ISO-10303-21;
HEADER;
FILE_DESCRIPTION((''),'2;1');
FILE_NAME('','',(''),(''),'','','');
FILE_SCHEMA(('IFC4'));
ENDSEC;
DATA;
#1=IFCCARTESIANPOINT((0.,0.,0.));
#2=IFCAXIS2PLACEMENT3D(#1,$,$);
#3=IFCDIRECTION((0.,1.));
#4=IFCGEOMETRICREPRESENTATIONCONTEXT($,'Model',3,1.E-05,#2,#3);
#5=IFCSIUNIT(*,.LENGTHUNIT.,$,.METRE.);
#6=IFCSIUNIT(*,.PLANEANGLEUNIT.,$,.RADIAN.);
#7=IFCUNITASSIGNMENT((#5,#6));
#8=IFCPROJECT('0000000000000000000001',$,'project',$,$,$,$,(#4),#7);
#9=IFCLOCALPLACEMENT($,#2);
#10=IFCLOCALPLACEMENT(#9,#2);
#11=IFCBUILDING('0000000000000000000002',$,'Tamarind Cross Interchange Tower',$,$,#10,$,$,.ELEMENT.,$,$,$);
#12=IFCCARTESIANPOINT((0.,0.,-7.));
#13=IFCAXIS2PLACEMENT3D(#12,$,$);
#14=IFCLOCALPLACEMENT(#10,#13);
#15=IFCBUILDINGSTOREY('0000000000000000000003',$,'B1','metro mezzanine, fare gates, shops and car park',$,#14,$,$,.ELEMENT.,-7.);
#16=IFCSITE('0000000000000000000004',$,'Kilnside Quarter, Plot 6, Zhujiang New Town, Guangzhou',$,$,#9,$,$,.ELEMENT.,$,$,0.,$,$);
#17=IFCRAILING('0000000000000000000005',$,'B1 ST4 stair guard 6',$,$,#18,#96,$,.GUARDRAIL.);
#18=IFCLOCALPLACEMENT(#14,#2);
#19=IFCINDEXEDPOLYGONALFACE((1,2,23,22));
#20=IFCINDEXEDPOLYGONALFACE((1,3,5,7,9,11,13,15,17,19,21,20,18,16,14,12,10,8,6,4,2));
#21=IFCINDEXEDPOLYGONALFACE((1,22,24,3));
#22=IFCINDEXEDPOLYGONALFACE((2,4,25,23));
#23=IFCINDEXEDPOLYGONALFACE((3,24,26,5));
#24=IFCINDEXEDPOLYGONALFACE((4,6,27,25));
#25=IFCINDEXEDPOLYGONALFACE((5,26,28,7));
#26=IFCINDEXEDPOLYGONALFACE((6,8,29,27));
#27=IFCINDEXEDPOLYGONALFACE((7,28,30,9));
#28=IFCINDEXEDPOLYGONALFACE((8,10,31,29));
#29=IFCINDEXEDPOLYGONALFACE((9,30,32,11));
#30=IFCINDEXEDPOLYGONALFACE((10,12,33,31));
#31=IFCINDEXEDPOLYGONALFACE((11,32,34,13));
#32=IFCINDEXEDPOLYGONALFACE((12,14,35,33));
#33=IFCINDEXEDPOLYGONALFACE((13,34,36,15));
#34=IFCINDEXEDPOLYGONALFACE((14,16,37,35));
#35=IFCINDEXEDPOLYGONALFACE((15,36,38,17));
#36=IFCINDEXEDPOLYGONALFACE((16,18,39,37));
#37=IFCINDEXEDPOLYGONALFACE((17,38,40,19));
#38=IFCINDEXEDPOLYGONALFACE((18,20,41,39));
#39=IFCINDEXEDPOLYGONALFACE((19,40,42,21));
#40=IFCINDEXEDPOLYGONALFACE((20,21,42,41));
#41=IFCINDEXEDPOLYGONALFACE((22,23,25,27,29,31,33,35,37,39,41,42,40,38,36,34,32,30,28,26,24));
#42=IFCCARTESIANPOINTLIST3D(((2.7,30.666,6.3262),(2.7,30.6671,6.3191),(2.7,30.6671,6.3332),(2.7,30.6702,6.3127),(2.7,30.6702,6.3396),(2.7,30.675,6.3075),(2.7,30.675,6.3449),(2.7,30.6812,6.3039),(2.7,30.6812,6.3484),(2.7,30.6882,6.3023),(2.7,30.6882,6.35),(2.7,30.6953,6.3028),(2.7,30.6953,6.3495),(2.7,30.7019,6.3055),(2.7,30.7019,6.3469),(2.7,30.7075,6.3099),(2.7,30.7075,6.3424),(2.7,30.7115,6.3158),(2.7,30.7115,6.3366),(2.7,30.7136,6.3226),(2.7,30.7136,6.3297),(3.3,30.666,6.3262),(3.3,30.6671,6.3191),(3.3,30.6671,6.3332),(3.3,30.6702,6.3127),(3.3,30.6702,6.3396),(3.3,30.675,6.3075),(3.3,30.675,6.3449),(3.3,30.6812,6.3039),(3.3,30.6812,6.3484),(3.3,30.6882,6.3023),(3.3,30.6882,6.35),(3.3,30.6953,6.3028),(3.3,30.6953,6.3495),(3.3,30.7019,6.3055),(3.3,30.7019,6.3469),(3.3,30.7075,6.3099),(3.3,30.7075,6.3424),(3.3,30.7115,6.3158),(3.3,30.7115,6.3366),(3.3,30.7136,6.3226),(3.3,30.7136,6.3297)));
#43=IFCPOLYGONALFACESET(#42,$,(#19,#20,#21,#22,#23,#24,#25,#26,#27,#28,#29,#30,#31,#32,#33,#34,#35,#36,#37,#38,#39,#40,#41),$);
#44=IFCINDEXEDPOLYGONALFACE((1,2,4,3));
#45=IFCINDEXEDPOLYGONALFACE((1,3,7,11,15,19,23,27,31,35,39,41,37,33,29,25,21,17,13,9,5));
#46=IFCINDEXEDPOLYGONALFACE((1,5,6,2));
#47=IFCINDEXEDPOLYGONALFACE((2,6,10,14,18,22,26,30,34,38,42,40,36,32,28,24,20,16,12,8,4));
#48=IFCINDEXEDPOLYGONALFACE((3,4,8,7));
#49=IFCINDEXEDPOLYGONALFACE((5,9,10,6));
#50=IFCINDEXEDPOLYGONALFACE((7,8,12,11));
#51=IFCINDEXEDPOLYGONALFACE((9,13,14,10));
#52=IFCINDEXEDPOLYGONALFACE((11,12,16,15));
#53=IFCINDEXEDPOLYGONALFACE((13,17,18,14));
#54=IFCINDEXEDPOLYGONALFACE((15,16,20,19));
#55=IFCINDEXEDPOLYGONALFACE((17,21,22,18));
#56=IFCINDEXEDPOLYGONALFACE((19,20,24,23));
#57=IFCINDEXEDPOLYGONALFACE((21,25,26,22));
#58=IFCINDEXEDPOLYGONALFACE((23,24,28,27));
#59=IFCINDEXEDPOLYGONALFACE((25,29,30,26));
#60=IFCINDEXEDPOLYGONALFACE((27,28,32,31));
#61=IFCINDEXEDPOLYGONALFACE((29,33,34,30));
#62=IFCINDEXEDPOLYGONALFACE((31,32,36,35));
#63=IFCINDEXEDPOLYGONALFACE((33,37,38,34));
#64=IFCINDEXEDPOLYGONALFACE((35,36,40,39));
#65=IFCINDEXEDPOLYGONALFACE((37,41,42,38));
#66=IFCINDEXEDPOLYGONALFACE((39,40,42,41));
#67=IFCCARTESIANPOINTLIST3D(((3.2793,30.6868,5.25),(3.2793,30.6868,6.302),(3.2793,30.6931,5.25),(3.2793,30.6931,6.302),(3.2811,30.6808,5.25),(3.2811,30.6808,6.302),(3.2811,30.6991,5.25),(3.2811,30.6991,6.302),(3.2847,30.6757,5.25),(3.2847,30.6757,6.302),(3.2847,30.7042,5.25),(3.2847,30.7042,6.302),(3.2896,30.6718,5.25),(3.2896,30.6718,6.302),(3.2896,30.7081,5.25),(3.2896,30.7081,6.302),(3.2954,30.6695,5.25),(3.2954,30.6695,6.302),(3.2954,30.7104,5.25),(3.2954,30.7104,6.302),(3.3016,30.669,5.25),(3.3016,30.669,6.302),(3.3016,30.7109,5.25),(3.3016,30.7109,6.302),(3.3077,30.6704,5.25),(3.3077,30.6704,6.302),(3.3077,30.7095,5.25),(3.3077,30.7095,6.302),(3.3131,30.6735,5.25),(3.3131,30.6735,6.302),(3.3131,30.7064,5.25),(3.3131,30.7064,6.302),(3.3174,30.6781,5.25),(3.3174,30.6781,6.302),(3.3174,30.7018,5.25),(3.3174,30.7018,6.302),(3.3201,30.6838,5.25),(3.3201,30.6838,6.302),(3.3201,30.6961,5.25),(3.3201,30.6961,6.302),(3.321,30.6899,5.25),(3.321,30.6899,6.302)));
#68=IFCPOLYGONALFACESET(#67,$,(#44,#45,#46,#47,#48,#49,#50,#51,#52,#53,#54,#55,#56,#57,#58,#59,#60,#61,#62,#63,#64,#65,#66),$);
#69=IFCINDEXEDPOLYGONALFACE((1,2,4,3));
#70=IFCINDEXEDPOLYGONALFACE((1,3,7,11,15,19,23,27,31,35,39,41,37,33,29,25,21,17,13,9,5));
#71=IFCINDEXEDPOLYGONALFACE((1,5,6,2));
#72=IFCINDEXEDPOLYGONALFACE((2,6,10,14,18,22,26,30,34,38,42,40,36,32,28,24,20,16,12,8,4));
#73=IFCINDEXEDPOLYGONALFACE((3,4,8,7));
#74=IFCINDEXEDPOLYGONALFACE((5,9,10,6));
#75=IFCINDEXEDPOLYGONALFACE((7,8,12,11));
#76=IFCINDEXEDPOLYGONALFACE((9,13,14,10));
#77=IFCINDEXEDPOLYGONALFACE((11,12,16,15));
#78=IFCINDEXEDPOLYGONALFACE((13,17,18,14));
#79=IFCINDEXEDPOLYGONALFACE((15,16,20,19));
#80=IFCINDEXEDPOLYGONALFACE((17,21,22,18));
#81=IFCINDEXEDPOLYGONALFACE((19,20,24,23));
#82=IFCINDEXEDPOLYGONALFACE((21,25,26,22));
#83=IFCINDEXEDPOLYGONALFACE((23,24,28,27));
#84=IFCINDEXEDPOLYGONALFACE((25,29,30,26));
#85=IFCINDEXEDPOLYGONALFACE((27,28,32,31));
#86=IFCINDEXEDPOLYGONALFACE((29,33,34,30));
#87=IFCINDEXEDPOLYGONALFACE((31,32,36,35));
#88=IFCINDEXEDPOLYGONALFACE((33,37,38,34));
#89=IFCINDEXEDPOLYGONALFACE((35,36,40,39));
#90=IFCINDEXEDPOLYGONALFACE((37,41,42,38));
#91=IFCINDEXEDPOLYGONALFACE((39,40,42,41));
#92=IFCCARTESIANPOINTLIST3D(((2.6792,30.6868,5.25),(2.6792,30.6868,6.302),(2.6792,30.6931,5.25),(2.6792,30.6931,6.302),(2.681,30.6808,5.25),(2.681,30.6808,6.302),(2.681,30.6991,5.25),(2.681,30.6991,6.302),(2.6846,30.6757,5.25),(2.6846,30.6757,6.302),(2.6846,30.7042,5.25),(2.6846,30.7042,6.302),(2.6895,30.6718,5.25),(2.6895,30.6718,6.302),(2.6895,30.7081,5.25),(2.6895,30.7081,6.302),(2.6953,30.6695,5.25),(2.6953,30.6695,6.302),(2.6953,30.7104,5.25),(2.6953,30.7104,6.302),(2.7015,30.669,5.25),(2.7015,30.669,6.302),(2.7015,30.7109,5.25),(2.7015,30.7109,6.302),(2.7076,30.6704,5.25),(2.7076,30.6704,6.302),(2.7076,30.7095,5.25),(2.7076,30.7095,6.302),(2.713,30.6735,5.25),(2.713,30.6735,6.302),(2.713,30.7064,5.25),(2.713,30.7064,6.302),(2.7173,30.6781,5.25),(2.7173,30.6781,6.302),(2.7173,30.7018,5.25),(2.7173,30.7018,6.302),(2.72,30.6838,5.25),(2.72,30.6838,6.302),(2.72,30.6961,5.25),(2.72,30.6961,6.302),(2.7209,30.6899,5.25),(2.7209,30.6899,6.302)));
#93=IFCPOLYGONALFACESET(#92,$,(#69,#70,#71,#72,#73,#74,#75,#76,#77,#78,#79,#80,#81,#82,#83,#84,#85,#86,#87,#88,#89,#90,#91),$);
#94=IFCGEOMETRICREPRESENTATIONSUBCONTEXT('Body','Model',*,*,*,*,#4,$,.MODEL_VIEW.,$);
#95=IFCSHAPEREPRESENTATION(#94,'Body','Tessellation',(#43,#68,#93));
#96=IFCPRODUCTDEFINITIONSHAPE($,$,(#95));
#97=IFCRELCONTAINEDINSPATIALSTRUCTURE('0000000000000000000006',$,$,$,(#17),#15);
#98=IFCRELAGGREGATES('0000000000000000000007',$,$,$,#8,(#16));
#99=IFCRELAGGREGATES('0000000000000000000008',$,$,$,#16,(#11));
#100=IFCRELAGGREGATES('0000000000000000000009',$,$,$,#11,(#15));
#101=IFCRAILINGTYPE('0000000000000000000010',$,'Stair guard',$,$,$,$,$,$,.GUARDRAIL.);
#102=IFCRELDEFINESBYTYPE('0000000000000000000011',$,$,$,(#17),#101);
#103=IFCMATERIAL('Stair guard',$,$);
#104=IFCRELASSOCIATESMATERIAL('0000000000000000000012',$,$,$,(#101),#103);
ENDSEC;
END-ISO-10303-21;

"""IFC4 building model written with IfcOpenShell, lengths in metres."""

from ifc_helpers import new_model, si_unit, direction, frame, origin, origin_2d, place, context, subcontext, project, spatial, circle, extrude, material, type_object, element, save


model = new_model("IFC4")

# Units and contexts
model_context = context("Model", 3, precision=1e-05, world=origin(), true_north=direction((0.0, 1.0)))
body_context = subcontext(model_context, "Body", "Model", "MODEL_VIEW")
ifc_project = project(units=[si_unit("LENGTHUNIT", "METRE"), si_unit("PLANEANGLEUNIT", "RADIAN")], contexts=[model_context])

# Site, building, storey
site_placement = place(None, origin())
site = spatial("IfcSite", under=ifc_project, at=site_placement, Name="Kilnside Quarter, Plot 6, Zhujiang New Town, Guangzhou", CompositionType="ELEMENT", RefElevation=0.0)
building_placement = place(site_placement, origin())
building = spatial("IfcBuilding", under=site, at=building_placement, Name="Tamarind Cross Interchange Tower", CompositionType="ELEMENT")
storey_placement = place(building_placement, frame((0.0, 0.0, -7.0)))
storey = spatial("IfcBuildingStorey", under=building, at=storey_placement, Name="B1", Description="metro mezzanine, fare gates, shops and car park", CompositionType="ELEMENT", Elevation=-7.0)

# Railing
ifc_material_1 = material(Name="Stair guard")
railing_type_1 = type_object("IfcRailingType", Name="Stair guard", PredefinedType="GUARDRAIL", material=ifc_material_1)
railing_1_placement = place(storey_placement, frame((3.3, 30.6899, 5.25)))
element("IfcRailing", 1, at=railing_1_placement, inside=storey, type_object=railing_type_1, Name="B1 ST4 stair guard 6", PredefinedType="GUARDRAIL", context=body_context, shape_type="SweptSolid", body=[
    extrude(circle(Radius=0.0239, at=origin_2d()), frame((0.0, 0.0, 1.0762), z_axis=(-1.0, 0.0, 0.0), x_axis=(0.0, -1.0, 0.0)), (0.0, 0.0, 1.0), 0.6001),
    extrude(circle(Radius=0.021, at=origin_2d()), origin(), (0.0, 0.0, 1.0), 1.052),
    extrude(circle(Radius=0.021, at=origin_2d()), frame((-0.6001, 0.0, 0.0)), (0.0, 0.0, 1.0), 1.052),
])

save(model, "model.ifc")
